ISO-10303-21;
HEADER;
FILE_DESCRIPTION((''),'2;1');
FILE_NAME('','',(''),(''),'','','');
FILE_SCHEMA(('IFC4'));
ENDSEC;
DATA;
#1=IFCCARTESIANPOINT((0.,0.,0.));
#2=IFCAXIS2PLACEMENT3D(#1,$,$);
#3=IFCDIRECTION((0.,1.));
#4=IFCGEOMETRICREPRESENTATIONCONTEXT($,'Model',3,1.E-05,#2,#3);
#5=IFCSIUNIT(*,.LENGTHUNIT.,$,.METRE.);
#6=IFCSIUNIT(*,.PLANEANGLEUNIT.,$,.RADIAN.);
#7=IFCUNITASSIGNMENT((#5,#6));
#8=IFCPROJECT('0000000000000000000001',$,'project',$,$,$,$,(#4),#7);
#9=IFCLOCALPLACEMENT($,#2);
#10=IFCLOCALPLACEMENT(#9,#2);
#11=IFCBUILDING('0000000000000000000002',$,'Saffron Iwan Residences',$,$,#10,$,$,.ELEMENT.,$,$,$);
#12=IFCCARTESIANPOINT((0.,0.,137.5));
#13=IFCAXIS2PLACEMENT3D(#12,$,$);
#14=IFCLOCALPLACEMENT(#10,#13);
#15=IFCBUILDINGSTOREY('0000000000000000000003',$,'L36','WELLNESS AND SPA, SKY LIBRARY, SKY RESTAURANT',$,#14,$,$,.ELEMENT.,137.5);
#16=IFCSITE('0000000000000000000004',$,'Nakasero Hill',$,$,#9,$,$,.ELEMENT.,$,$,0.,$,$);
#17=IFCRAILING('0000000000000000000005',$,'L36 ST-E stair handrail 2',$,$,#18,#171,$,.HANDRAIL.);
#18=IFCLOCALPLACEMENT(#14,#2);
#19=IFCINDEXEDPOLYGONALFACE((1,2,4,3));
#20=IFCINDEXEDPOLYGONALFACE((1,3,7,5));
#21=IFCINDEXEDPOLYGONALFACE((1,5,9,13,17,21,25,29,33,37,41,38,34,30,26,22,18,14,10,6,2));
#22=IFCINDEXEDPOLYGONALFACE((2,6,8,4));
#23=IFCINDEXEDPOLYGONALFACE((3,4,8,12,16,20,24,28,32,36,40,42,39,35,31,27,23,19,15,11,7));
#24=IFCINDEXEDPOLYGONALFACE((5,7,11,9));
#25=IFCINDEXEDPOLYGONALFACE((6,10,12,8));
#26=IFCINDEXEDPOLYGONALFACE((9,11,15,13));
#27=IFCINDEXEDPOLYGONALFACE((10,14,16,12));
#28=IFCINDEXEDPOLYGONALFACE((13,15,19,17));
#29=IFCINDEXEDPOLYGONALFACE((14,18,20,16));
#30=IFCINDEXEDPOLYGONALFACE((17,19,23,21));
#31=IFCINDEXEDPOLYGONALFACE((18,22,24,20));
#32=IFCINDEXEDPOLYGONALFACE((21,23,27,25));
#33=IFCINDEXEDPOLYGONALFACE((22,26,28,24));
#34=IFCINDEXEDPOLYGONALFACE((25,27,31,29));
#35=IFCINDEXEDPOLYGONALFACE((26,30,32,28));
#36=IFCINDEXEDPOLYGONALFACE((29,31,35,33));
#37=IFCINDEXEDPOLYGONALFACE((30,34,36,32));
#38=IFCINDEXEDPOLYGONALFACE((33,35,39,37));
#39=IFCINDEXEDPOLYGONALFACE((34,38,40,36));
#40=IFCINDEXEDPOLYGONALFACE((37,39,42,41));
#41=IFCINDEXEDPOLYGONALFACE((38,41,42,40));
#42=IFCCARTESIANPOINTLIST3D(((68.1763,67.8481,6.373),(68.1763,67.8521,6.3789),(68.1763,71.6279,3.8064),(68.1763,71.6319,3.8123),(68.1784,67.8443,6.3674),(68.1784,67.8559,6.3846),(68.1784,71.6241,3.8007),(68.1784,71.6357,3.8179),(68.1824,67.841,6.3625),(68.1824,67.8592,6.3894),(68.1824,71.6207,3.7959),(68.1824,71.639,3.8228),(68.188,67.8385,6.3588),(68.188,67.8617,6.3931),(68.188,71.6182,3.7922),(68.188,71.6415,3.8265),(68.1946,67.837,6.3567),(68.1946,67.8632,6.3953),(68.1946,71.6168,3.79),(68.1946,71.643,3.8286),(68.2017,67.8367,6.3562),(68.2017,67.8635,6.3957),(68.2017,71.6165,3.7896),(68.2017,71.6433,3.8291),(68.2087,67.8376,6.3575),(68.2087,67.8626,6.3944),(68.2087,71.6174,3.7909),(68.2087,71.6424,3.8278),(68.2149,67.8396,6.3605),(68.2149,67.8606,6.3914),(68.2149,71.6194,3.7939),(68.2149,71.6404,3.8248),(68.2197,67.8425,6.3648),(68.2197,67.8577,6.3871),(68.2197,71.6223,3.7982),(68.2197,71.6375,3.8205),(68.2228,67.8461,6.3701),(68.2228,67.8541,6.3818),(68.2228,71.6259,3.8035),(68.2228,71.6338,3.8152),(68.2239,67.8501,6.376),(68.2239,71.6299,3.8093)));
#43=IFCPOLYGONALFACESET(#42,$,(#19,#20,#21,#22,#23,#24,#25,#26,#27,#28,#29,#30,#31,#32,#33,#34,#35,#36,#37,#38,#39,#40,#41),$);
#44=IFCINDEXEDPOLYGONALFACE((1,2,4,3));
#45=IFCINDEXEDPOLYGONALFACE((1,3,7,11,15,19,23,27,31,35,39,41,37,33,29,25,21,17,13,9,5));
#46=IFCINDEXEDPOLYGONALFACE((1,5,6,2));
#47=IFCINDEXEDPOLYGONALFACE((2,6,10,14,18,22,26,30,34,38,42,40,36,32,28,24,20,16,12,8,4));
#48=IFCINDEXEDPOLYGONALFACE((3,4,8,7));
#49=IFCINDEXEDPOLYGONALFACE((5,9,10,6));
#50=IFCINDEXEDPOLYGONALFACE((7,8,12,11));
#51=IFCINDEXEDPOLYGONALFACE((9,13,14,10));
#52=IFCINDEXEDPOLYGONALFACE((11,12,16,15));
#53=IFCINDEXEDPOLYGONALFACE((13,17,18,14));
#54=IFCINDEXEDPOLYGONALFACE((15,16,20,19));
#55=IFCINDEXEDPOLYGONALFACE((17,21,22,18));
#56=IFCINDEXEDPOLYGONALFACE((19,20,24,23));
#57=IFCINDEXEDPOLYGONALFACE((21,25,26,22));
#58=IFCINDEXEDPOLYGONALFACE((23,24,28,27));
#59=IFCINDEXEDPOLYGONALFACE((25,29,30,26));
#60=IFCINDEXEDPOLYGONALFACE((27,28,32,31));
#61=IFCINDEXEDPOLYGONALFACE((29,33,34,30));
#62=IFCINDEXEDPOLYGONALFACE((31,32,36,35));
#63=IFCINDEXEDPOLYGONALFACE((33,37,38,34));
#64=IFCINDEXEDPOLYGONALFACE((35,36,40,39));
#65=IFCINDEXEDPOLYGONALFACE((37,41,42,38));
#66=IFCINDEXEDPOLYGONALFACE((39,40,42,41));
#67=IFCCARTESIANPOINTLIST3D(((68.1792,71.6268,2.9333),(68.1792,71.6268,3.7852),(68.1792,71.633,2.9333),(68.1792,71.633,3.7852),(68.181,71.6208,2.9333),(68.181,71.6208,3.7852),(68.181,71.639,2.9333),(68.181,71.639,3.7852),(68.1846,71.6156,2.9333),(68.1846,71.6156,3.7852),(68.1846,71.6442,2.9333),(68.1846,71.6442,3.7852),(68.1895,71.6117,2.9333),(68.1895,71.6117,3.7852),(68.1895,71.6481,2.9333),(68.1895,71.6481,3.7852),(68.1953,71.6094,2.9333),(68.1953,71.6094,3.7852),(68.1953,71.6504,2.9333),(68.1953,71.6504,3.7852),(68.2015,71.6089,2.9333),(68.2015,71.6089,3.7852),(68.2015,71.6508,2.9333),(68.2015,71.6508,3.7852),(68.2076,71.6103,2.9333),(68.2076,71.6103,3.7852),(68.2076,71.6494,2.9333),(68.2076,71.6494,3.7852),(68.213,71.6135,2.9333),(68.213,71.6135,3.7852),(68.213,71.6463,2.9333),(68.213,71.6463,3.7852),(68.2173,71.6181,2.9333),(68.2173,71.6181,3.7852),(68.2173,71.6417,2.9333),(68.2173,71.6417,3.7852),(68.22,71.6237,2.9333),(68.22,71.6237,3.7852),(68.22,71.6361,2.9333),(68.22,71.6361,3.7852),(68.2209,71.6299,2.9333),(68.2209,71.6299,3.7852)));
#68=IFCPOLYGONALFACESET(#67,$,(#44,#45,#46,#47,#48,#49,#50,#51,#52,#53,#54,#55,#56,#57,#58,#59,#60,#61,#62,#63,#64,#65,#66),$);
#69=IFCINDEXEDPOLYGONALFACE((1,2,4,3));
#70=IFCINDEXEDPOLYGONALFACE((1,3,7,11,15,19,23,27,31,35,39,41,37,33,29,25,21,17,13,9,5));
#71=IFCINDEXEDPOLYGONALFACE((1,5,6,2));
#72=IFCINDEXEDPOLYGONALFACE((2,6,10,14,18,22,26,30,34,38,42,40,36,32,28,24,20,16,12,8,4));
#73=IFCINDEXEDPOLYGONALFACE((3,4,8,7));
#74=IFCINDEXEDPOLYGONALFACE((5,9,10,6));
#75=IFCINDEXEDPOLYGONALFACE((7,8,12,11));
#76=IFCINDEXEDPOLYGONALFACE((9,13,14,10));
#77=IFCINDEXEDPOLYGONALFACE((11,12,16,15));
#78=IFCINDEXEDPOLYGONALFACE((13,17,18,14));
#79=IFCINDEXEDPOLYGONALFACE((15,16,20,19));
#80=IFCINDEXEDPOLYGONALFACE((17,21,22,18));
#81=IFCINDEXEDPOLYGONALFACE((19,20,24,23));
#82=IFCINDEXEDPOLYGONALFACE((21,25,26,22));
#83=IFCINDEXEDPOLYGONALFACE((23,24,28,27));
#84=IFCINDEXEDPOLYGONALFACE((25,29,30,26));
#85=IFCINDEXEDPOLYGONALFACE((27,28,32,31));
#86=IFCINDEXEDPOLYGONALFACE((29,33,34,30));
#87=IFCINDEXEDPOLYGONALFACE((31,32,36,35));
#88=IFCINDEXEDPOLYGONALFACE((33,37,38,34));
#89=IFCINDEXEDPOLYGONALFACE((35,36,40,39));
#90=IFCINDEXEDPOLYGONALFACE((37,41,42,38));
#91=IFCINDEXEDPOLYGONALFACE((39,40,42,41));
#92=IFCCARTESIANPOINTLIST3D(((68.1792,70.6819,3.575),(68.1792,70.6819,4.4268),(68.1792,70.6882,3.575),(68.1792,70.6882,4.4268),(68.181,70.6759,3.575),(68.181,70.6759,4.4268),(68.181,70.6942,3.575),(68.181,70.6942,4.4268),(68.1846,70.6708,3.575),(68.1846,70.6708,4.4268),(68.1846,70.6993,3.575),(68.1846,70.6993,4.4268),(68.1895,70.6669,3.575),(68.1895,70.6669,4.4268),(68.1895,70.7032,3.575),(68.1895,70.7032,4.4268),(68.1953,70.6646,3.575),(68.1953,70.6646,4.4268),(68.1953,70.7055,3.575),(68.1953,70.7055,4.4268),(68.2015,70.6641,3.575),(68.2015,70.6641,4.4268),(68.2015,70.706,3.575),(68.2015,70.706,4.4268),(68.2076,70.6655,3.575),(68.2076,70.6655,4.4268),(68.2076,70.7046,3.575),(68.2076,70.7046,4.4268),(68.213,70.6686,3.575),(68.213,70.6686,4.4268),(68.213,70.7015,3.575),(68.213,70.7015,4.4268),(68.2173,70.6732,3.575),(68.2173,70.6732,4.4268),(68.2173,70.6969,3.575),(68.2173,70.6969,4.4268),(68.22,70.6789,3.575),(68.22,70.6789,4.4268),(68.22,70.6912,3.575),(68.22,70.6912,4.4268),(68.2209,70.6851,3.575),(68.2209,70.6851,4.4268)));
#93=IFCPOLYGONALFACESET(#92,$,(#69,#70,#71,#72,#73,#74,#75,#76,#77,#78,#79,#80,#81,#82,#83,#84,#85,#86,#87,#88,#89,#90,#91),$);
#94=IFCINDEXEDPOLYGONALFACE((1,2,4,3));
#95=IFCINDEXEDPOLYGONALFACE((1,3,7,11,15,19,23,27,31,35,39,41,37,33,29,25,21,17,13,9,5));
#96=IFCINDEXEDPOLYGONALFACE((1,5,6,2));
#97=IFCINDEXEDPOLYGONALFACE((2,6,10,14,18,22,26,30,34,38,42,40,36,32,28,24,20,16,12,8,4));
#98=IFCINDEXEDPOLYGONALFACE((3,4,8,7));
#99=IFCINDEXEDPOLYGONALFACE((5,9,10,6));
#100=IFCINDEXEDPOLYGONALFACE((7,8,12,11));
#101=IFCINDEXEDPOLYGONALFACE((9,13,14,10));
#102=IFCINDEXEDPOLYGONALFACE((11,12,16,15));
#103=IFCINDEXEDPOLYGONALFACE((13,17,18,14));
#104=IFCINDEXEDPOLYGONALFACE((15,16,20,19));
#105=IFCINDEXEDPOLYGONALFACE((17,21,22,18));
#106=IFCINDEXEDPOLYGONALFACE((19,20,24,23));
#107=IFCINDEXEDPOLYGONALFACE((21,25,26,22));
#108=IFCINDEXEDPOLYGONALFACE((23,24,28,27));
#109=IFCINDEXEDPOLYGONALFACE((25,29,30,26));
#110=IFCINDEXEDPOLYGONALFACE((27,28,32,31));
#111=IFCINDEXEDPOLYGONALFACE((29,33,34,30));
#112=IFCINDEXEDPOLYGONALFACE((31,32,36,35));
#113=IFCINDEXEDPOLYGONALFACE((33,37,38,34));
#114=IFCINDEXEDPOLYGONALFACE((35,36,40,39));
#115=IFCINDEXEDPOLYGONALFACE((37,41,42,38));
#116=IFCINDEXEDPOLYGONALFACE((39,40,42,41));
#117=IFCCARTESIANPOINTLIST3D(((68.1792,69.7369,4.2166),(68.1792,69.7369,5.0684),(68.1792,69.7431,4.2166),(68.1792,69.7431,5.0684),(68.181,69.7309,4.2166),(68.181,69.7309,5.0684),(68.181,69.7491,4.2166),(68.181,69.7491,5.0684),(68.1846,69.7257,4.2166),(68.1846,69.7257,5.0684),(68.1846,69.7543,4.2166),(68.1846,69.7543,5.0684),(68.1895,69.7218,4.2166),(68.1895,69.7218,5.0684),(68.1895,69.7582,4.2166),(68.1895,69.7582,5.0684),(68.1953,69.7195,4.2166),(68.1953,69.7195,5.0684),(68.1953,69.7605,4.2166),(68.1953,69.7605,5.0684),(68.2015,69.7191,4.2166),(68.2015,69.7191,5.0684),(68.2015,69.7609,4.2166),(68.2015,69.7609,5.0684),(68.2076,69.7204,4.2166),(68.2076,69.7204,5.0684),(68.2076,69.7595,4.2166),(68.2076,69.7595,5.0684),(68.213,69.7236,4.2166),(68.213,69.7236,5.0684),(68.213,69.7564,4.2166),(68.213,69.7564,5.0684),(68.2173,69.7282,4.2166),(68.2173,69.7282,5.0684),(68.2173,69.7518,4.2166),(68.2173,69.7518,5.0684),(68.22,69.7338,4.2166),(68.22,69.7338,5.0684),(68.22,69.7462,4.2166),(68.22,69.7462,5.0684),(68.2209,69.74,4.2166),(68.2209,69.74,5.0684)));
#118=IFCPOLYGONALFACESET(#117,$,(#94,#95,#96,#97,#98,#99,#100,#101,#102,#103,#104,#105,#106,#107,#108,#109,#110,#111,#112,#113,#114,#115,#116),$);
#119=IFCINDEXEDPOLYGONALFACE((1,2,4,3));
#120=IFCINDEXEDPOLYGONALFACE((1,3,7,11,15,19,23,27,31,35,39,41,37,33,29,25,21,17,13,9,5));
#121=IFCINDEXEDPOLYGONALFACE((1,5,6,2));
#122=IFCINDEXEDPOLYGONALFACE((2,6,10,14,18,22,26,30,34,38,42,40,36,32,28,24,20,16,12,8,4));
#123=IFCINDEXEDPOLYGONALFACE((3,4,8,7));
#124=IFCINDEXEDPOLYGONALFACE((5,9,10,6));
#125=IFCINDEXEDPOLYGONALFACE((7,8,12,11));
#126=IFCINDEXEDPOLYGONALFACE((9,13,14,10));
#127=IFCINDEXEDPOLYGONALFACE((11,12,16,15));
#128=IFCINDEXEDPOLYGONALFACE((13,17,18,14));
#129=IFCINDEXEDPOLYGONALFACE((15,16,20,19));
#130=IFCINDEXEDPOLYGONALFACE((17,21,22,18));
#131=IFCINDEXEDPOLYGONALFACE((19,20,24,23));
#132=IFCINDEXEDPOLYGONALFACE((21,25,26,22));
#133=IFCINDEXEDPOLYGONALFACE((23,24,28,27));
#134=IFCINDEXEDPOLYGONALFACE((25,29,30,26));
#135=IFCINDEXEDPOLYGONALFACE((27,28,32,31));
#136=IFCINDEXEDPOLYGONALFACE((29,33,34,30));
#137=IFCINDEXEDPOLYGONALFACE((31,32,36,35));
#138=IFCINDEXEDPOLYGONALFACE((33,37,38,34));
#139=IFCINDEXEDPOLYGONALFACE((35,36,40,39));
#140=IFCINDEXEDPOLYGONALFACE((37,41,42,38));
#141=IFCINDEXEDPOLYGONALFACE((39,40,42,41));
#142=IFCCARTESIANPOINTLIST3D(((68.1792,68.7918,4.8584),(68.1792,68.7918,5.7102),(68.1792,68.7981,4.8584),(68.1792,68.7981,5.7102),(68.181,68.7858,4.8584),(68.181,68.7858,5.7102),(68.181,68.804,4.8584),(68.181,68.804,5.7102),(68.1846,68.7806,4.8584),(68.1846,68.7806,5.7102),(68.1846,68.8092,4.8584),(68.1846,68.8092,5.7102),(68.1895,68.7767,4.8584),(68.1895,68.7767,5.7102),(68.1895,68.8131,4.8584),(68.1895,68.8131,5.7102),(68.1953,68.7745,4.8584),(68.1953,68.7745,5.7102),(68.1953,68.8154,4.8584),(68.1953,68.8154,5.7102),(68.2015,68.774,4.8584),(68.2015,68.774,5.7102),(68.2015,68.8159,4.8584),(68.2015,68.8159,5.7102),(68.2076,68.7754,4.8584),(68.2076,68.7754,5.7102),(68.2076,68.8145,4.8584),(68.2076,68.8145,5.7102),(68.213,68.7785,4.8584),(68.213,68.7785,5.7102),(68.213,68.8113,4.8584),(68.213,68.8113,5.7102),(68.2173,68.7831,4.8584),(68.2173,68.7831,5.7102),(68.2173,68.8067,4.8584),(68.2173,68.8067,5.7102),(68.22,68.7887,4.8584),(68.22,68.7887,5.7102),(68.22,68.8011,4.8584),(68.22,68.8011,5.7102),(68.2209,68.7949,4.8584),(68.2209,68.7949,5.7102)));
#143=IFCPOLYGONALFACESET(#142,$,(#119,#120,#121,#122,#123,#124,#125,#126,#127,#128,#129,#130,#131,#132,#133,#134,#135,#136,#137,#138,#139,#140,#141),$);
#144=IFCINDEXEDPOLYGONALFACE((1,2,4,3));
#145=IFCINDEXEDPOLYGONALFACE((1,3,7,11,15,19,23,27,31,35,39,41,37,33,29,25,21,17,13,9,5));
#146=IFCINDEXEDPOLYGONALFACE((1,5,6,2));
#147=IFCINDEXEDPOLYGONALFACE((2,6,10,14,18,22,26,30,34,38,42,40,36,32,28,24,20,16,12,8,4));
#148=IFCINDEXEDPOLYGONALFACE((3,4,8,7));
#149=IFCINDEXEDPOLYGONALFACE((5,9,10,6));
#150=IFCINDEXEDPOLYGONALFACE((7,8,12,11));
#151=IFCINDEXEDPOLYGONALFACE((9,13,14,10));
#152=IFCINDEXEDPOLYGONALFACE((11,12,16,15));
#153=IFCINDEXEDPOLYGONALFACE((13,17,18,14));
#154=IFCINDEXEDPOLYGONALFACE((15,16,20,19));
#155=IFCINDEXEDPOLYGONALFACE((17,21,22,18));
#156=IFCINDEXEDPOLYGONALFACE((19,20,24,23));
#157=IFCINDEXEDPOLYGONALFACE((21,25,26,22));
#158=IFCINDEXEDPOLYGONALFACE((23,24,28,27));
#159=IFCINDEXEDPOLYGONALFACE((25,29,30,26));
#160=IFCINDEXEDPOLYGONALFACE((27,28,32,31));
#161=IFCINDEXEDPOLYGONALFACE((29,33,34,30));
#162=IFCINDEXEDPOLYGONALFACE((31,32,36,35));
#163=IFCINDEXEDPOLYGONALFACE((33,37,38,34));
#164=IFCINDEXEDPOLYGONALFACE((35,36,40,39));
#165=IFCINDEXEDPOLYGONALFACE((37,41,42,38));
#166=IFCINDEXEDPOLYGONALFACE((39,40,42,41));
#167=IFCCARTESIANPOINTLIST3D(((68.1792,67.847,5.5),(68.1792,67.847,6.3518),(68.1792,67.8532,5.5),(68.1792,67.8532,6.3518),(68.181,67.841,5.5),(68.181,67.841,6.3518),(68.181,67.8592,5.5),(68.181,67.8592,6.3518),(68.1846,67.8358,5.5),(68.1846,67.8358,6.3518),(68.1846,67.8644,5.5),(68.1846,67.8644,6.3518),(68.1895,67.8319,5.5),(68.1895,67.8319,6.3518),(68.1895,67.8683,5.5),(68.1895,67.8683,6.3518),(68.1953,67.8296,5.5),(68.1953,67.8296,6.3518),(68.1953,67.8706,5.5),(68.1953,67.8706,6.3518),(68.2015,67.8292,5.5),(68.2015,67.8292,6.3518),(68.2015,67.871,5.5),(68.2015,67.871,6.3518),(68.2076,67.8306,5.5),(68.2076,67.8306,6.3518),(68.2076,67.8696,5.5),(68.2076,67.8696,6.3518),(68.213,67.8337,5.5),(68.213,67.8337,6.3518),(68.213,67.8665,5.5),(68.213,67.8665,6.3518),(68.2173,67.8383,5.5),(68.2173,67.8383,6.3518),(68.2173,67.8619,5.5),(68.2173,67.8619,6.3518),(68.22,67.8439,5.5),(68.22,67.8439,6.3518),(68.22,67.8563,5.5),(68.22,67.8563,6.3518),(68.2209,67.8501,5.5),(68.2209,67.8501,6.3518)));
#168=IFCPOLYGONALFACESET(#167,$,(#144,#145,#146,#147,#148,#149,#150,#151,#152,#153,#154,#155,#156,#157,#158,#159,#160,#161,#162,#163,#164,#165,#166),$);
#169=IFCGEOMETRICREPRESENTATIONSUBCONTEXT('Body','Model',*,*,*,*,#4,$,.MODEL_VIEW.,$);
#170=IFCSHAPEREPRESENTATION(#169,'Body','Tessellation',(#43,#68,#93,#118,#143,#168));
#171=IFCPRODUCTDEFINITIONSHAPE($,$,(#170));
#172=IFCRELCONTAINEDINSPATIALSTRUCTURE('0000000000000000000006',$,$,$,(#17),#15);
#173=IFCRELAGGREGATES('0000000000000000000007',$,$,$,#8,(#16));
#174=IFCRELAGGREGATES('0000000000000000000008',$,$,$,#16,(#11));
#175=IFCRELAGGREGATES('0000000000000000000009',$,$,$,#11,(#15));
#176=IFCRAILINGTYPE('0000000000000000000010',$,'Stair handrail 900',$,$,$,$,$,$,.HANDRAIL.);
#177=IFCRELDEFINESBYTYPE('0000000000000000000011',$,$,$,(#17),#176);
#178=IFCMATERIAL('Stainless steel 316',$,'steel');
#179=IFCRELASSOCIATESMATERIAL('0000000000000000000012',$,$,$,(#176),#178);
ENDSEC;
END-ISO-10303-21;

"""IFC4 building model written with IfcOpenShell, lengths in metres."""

from ifc_helpers import new_model, si_unit, direction, frame, origin, origin_2d, place, context, subcontext, project, spatial, circle, extrude, material, type_object, element, save


model = new_model("IFC4")

# Units and contexts
model_context = context("Model", 3, precision=1e-05, world=origin(), true_north=direction((0.0, 1.0)))
body_context = subcontext(model_context, "Body", "Model", "MODEL_VIEW")
ifc_project = project(units=[si_unit("LENGTHUNIT", "METRE"), si_unit("PLANEANGLEUNIT", "RADIAN")], contexts=[model_context])

# Site, building, storey
site_placement = place(None, origin())
site = spatial("IfcSite", under=ifc_project, at=site_placement, Name="Nakasero Hill", CompositionType="ELEMENT", RefElevation=0.0)
building_placement = place(site_placement, origin())
building = spatial("IfcBuilding", under=site, at=building_placement, Name="Saffron Iwan Residences", CompositionType="ELEMENT")
storey_placement = place(building_placement, frame((0.0, 0.0, 137.5)))
storey = spatial("IfcBuildingStorey", under=building, at=storey_placement, Name="L36", Description="WELLNESS AND SPA, SKY LIBRARY, SKY RESTAURANT", CompositionType="ELEMENT", Elevation=137.5)

# Railing
ifc_material_1 = material(Name="Stainless steel 316", Category="steel")
railing_type_1 = type_object("IfcRailingType", Name="Stair handrail 900", PredefinedType="HANDRAIL", material=ifc_material_1)
railing_1_placement = place(storey_placement, frame((68.2, 71.6299, 2.9333)))
element("IfcRailing", 1, at=railing_1_placement, inside=storey, type_object=railing_type_1, Name="L36 ST-E stair handrail 2", PredefinedType="HANDRAIL", context=body_context, shape_type="SweptSolid", body=[
    extrude(circle(Radius=0.0239, at=origin_2d()), frame((0.0, 0.0, 0.876), z_axis=(0.0, -0.827293, 0.561771), x_axis=(1.0, 0.0, 0.0)), (0.0, 0.0, 1.0), 4.5688),
    extrude(circle(Radius=0.021, at=origin_2d()), origin(), (0.0, 0.0, 1.0), 0.8518),
    extrude(circle(Radius=0.021, at=origin_2d()), frame((0.0, -0.9448, 0.6416)), (0.0, 0.0, 1.0), 0.8518),
    extrude(circle(Radius=0.021, at=origin_2d()), frame((0.0, -1.8899, 1.2832)), (0.0, 0.0, 1.0), 0.8518),
    extrude(circle(Radius=0.021, at=origin_2d()), frame((0.0, -2.835, 1.925)), (0.0, 0.0, 1.0), 0.8518),
    extrude(circle(Radius=0.021, at=origin_2d()), frame((0.0, -3.7798, 2.5667)), (0.0, 0.0, 1.0), 0.8518),
])

save(model, "model.ifc")
